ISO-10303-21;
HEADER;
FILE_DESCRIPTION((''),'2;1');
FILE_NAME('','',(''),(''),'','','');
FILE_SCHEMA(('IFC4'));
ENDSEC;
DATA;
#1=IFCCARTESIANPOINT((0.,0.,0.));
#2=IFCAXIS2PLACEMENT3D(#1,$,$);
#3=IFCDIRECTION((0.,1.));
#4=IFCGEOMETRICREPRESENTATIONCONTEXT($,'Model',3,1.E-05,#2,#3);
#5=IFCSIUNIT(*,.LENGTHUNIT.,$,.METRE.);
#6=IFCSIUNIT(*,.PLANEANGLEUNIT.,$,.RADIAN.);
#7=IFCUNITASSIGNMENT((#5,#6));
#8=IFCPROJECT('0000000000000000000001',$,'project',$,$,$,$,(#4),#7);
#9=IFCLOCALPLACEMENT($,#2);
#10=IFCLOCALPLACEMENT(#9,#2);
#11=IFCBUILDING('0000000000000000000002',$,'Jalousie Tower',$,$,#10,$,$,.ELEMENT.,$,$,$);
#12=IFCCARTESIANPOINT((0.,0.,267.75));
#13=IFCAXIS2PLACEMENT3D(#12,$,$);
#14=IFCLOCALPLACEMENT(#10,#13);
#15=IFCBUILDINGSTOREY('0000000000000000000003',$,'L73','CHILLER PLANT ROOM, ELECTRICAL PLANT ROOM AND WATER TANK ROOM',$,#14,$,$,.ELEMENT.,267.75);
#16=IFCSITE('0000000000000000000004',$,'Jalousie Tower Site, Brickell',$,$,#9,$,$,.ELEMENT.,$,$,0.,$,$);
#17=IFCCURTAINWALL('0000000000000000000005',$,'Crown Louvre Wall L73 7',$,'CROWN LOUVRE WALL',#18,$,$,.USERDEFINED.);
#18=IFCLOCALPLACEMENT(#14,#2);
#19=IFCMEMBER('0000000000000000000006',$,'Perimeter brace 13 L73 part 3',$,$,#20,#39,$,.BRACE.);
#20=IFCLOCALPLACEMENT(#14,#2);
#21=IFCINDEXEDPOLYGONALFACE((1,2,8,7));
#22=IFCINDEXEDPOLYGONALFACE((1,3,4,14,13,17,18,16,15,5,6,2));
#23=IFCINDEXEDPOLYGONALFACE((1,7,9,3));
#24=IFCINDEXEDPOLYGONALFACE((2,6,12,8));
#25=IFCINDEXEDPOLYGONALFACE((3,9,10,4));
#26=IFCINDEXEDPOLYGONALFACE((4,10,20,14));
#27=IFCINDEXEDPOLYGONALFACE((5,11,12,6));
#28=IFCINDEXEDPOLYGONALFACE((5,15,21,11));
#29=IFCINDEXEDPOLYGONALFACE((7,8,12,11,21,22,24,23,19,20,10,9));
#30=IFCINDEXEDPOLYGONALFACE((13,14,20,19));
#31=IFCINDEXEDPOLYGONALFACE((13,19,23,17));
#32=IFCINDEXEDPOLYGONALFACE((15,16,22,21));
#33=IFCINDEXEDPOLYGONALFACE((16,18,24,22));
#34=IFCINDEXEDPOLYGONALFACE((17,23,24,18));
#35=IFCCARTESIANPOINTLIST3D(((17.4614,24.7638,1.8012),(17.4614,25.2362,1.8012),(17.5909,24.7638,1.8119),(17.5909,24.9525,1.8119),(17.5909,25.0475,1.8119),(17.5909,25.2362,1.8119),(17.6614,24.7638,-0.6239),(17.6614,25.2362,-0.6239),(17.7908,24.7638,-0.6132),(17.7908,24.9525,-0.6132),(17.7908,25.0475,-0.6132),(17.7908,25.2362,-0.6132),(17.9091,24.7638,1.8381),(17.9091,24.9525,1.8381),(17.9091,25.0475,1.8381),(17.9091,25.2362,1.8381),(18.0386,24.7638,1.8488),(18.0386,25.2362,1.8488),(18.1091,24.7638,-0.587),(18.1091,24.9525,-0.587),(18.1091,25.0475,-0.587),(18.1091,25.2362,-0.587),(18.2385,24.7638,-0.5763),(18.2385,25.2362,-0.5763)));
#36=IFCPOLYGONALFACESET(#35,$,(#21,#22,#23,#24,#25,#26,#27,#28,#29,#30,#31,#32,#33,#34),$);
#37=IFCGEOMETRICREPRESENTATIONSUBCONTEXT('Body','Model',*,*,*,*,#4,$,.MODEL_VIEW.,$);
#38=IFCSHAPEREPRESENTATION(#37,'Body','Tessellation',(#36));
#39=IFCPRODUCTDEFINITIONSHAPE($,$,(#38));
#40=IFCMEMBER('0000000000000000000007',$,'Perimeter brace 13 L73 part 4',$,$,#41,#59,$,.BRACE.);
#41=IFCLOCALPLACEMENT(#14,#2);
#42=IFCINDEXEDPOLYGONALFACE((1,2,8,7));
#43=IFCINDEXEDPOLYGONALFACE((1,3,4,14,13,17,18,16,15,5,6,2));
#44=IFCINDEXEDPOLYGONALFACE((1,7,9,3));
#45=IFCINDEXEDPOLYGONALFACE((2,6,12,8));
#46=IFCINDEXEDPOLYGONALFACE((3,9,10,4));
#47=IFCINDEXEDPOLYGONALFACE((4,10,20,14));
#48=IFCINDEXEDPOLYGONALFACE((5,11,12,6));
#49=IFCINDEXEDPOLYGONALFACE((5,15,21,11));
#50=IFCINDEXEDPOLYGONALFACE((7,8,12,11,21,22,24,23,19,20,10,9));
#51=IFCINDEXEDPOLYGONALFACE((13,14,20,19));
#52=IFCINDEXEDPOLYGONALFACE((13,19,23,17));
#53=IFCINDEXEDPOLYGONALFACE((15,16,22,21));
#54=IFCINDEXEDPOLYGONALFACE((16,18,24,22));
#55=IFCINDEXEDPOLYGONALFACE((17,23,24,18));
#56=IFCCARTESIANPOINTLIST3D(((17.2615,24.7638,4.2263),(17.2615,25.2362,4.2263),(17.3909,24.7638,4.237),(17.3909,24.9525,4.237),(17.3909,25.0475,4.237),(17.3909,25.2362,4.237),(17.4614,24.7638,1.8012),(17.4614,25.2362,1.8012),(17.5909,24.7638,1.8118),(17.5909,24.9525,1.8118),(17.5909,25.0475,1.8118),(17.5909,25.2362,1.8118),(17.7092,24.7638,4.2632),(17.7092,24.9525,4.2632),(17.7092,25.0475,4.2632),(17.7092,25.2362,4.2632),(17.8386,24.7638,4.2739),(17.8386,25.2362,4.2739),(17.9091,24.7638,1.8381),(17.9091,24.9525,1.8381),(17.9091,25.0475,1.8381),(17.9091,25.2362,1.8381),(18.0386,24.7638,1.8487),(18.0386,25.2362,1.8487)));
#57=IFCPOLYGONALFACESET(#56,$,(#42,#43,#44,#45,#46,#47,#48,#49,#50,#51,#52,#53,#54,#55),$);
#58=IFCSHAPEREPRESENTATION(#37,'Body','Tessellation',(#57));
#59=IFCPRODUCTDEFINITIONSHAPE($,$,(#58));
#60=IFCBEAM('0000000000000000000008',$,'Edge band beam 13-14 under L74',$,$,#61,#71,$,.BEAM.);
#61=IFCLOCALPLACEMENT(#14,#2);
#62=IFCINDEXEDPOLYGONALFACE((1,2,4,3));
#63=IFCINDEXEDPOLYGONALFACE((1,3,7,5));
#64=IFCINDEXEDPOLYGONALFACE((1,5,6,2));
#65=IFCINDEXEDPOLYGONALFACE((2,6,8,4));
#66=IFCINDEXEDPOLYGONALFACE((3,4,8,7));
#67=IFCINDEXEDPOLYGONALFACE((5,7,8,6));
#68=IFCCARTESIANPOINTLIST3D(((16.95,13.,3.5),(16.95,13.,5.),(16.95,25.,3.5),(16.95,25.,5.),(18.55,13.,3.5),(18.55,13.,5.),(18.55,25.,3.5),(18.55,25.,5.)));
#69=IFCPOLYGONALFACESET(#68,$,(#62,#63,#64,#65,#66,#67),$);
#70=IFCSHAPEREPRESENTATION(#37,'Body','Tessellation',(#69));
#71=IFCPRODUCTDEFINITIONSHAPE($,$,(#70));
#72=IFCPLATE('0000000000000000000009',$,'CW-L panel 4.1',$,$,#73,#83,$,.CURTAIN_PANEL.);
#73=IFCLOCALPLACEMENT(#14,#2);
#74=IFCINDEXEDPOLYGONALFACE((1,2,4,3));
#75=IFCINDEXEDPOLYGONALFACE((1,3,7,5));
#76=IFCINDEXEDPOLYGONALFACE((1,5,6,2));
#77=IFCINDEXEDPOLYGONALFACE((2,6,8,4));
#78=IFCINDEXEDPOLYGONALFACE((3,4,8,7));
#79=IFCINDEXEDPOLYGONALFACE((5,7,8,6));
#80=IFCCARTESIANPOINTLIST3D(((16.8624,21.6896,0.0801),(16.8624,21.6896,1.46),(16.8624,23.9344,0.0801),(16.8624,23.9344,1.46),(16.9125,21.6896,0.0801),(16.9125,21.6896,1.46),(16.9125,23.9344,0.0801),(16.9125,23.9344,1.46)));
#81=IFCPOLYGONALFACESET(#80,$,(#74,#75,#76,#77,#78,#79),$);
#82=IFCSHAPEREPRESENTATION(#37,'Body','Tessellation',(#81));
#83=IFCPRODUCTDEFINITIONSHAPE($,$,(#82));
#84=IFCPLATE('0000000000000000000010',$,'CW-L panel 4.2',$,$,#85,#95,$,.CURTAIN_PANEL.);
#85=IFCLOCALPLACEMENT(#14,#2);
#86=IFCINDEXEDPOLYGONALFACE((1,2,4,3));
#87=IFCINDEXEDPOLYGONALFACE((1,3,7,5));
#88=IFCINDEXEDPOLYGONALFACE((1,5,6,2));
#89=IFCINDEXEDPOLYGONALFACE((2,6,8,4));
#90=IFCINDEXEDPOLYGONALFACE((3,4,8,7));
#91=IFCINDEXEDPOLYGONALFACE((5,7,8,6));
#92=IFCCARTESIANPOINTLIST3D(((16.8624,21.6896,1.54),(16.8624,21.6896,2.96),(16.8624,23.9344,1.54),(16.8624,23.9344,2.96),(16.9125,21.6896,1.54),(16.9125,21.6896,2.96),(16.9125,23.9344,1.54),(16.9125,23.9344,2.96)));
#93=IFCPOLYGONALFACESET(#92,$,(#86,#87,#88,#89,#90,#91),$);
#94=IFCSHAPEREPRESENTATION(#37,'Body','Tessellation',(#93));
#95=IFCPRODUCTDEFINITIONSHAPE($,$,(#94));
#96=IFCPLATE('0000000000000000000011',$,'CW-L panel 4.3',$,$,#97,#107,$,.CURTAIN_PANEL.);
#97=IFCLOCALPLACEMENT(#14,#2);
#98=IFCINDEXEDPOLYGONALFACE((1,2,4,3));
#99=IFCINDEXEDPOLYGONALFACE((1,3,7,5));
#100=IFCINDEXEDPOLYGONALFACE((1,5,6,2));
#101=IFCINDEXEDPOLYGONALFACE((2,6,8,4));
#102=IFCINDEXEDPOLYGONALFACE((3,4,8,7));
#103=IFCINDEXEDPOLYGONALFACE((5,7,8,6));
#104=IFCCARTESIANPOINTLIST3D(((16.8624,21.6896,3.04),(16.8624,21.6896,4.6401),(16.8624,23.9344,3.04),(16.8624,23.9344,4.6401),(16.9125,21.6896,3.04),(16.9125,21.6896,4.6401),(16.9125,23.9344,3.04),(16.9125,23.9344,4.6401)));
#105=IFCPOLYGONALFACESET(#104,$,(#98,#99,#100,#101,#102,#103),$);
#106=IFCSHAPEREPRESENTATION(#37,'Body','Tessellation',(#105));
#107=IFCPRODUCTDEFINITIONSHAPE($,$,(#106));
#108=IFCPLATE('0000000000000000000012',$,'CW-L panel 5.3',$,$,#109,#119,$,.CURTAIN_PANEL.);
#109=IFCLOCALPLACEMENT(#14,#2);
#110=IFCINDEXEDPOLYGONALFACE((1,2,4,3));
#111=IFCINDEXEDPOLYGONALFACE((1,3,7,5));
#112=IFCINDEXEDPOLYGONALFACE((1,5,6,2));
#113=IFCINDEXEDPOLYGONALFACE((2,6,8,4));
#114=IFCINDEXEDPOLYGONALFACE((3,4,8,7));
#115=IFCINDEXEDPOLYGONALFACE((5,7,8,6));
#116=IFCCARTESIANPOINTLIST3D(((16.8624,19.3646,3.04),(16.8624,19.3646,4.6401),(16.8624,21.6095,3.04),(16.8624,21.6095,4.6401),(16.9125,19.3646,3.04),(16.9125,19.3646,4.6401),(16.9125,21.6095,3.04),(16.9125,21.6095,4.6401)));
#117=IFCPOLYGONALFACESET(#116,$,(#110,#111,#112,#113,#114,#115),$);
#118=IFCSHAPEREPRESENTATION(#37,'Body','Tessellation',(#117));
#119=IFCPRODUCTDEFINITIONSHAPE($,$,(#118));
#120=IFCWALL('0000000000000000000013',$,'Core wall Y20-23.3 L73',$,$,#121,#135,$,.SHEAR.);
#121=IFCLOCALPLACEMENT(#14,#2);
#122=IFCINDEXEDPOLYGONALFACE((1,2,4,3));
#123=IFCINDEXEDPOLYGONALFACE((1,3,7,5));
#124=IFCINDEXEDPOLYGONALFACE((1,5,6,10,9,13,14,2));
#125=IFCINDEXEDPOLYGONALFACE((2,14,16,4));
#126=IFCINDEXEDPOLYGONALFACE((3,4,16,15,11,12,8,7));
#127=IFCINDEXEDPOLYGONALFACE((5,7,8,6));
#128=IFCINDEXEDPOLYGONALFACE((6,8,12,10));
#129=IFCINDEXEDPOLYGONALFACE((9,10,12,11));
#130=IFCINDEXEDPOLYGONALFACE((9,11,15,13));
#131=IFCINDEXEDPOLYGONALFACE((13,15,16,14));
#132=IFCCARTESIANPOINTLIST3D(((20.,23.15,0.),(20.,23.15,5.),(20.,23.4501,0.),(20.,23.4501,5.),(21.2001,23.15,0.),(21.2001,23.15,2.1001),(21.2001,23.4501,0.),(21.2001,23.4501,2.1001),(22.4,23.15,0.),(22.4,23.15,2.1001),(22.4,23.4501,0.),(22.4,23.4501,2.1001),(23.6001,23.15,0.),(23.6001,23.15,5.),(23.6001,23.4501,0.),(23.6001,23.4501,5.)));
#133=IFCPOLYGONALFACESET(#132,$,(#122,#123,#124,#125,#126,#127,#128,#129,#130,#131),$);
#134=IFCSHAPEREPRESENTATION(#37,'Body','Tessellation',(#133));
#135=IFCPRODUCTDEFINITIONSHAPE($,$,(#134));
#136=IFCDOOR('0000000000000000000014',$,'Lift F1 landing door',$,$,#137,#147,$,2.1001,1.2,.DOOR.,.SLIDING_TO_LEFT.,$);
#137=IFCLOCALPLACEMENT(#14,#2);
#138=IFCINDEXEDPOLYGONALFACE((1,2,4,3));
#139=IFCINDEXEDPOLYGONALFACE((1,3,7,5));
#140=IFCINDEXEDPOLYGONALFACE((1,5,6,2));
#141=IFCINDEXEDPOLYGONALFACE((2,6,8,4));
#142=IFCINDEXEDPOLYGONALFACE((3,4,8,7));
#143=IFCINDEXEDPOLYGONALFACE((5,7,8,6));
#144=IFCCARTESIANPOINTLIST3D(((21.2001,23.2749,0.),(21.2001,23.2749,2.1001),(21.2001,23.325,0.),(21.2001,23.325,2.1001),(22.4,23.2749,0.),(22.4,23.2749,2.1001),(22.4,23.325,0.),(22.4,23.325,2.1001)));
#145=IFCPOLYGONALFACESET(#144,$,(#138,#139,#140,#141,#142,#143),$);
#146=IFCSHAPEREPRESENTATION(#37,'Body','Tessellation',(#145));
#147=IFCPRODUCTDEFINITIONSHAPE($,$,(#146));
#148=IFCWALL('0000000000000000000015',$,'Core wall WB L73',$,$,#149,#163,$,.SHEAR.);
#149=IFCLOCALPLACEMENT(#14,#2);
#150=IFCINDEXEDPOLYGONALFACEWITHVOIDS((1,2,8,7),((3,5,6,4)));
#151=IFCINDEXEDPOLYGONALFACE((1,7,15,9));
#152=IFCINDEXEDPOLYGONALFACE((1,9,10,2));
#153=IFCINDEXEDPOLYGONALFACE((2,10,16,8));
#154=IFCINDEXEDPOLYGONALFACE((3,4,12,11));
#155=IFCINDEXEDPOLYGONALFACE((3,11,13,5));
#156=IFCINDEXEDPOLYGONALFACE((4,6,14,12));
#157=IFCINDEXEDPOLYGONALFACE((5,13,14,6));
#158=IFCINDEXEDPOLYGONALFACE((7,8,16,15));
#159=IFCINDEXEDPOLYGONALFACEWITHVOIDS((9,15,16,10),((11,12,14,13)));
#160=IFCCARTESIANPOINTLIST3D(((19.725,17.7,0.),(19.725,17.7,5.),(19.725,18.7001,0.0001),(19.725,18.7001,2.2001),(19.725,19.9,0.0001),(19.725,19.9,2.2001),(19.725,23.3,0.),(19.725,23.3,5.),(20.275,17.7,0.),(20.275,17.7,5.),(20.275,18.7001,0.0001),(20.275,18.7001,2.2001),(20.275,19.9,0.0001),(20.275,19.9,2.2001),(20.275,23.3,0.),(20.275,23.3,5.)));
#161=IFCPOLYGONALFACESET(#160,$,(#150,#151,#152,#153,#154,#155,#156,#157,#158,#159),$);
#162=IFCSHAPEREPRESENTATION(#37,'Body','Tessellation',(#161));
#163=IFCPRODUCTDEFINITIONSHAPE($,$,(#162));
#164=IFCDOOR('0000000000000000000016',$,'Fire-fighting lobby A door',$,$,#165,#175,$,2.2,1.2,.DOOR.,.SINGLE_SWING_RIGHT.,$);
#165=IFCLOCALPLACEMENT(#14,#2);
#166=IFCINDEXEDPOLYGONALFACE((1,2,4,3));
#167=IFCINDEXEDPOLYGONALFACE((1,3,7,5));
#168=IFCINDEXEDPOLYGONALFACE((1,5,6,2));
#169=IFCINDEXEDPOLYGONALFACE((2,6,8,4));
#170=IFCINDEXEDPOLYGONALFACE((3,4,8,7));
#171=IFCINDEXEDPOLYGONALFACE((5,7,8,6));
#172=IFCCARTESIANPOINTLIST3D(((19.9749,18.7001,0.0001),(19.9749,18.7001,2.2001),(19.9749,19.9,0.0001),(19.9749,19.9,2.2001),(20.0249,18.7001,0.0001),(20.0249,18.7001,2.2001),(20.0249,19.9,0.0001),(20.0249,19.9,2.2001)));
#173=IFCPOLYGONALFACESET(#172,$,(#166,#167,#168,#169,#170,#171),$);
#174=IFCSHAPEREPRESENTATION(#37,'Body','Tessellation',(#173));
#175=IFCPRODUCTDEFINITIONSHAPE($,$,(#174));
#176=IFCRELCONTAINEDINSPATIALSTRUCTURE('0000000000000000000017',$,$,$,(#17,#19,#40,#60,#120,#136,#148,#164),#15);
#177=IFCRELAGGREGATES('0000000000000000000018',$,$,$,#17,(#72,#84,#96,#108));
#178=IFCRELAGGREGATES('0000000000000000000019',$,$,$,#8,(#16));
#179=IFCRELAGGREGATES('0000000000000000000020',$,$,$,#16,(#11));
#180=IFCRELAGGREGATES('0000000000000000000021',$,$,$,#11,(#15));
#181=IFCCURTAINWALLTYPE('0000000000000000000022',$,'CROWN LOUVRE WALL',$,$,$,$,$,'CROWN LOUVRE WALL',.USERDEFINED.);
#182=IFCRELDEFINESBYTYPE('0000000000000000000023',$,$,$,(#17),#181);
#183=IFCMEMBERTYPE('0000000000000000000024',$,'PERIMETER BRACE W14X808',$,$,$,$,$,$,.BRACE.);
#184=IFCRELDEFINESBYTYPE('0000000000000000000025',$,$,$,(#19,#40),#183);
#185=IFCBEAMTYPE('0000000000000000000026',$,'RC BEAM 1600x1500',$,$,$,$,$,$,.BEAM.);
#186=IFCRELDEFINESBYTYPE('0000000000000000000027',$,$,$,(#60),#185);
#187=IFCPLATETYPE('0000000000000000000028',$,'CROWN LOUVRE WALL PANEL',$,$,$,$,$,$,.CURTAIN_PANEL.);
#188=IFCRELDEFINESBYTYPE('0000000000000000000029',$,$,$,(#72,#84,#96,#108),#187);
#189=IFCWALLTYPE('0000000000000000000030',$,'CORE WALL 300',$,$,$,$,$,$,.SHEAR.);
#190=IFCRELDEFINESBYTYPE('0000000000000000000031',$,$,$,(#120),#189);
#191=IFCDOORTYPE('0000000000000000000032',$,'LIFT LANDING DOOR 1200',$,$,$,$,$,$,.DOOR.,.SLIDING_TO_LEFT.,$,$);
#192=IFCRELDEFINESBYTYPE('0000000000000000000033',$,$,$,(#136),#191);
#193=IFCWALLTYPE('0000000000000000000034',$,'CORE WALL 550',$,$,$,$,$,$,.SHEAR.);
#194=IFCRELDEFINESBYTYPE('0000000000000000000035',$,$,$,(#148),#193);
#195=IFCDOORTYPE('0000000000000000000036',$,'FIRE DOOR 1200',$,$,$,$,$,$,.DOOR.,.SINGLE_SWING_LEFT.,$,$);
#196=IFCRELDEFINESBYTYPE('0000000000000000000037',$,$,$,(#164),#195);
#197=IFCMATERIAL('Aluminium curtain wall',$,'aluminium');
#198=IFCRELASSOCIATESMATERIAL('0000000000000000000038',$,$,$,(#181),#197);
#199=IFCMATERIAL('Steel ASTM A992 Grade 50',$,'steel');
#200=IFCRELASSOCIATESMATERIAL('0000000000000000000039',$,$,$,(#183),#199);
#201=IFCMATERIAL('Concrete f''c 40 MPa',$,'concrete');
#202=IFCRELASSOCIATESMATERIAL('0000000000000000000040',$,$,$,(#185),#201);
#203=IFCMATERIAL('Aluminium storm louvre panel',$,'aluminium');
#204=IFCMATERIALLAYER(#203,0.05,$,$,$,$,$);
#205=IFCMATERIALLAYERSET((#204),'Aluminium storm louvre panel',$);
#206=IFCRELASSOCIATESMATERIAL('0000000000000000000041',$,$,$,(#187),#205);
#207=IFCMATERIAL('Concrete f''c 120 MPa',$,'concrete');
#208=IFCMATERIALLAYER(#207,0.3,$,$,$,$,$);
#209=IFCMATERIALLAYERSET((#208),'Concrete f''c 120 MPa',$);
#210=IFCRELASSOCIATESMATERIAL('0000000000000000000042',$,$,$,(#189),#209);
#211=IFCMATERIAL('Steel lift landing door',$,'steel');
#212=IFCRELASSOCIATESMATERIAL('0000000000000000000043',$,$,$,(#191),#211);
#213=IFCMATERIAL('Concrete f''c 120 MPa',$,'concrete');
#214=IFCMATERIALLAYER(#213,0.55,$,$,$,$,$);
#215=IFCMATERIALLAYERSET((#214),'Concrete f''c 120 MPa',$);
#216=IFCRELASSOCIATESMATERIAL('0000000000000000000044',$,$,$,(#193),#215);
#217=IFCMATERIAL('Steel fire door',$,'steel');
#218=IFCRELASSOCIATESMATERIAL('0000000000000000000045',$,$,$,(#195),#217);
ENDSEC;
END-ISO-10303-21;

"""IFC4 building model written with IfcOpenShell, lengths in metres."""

from ifc_helpers import new_model, si_unit, direction, frame, frame_2d, origin, origin_2d, place, context, subcontext, project, spatial, rectangle, i_section, extrude, material, layer, layer_set, material_profile, profile_set, type_object, element, fill, aggregate, save


model = new_model("IFC4")

# Units and contexts
model_context = context("Model", 3, precision=1e-05, world=origin(), true_north=direction((0.0, 1.0)))
body_context = subcontext(model_context, "Body", "Model", "MODEL_VIEW")
ifc_project = project(units=[si_unit("LENGTHUNIT", "METRE"), si_unit("PLANEANGLEUNIT", "RADIAN")], contexts=[model_context])

# Site, building, storey
site_placement = place(None, origin())
site = spatial("IfcSite", under=ifc_project, at=site_placement, Name="Jalousie Tower Site, Brickell", CompositionType="ELEMENT", RefElevation=0.0)
building_placement = place(site_placement, origin())
building = spatial("IfcBuilding", under=site, at=building_placement, Name="Jalousie Tower", CompositionType="ELEMENT")
storey_placement = place(building_placement, frame((0.0, 0.0, 267.75)))
storey = spatial("IfcBuildingStorey", under=building, at=storey_placement, Name="L73", Description="CHILLER PLANT ROOM, ELECTRICAL PLANT ROOM AND WATER TANK ROOM", CompositionType="ELEMENT", Elevation=267.75)

# Curtain wall
ifc_material_1 = material(Name="Aluminium curtain wall", Category="aluminium")
curtain_wall_type = type_object("IfcCurtainWallType", Name="CROWN LOUVRE WALL", ElementType="CROWN LOUVRE WALL", PredefinedType="USERDEFINED", material=ifc_material_1)
curtain_wall_placement = place(storey_placement, origin())
curtain_wall = element("IfcCurtainWall", 1, at=curtain_wall_placement, inside=storey, type_object=curtain_wall_type, Name="Crown Louvre Wall L73 7", ObjectType="CROWN LOUVRE WALL", PredefinedType="USERDEFINED")

# Members
ifc_material_2 = material(Name="Steel ASTM A992 Grade 50", Category="steel")
ifc_material_profile_1 = material_profile(ifc_material_2, i_section(OverallWidth=0.4724, OverallDepth=0.5791, WebThickness=0.095, FlangeThickness=0.1299, at=origin_2d()), Name="W14X808")
ifc_profile_set_1 = profile_set([ifc_material_profile_1], Name="Steel ASTM A992 Grade 50")
member_type_1 = type_object("IfcMemberType", Name="PERIMETER BRACE W14X808", PredefinedType="BRACE", material=ifc_profile_set_1)
for number, where, z_axis, x_axis, name in (
    (2, (17.95, 25.0, -0.6001), (-0.082174, 0.0, 0.996618), (0.0, -1.0, 0.0), "Perimeter brace 13 L73 part 3"),
    (3, (17.75, 25.0, 1.825), (-0.082174, 0.0, 0.996618), (0.0, -1.0, 0.0), "Perimeter brace 13 L73 part 4"),
):
    element("IfcMember", number, at=place(storey_placement, frame(where, z_axis=z_axis, x_axis=x_axis)), inside=storey, type_object=member_type_1, Name=name, PredefinedType="BRACE", context=body_context, shape_type="SweptSolid", body=[
        extrude(i_section(OverallWidth=0.4724, OverallDepth=0.5791, WebThickness=0.095, FlangeThickness=0.1299, at=origin_2d()), origin(), (0.0, 0.0, 1.0), 2.4333),
    ])

# Beam
ifc_material_3 = material(Name="Concrete f'c 40 MPa", Category="concrete")
ifc_material_profile_2 = material_profile(ifc_material_3, rectangle(XDim=1.6001, YDim=1.5, at=origin_2d()), Name="RC 1600x1500")
ifc_profile_set_2 = profile_set([ifc_material_profile_2], Name="Concrete f'c 40 MPa")
beam_type = type_object("IfcBeamType", Name="RC BEAM 1600x1500", PredefinedType="BEAM", material=ifc_profile_set_2)
beam_placement = place(storey_placement, frame((17.75, 25.0, 4.25), z_axis=(0.0, -1.0, 0.0), x_axis=(1.0, 0.0, 0.0)))
element("IfcBeam", 4, at=beam_placement, inside=storey, type_object=beam_type, Name="Edge band beam 13-14 under L74", PredefinedType="BEAM", context=body_context, shape_type="SweptSolid", body=[
    extrude(rectangle(XDim=1.6001, YDim=1.5, at=origin_2d()), origin(), (0.0, 0.0, 1.0), 12.0),
])

# Plates
ifc_material_4 = material(Name="Aluminium storm louvre panel", Category="aluminium")
ifc_layer_1 = layer(ifc_material_4, 0.05)
ifc_layer_set_1 = layer_set([ifc_layer_1], Name="Aluminium storm louvre panel")
plate_type = type_object("IfcPlateType", Name="CROWN LOUVRE WALL PANEL", PredefinedType="CURTAIN_PANEL", material=ifc_layer_set_1)
plate_1_placement = place(storey_placement, frame((16.8875, 22.812, 0.0801), z_axis=(0.0, 0.0, 1.0), x_axis=(0.0, -1.0, 0.0)))
plate_1 = element("IfcPlate", 5, at=plate_1_placement, type_object=plate_type, Name="CW-L panel 4.1", PredefinedType="CURTAIN_PANEL", context=body_context, shape_type="SweptSolid", body=[
    extrude(rectangle(XDim=2.2449, YDim=0.05, at=origin_2d()), origin(), (0.0, 0.0, 1.0), 1.3799),
])
plate_2_placement = place(storey_placement, frame((16.8875, 22.812, 1.54), z_axis=(0.0, 0.0, 1.0), x_axis=(0.0, -1.0, 0.0)))
plate_2 = element("IfcPlate", 6, at=plate_2_placement, type_object=plate_type, Name="CW-L panel 4.2", PredefinedType="CURTAIN_PANEL", context=body_context, shape_type="SweptSolid", body=[
    extrude(rectangle(XDim=2.2449, YDim=0.05, at=origin_2d()), origin(), (0.0, 0.0, 1.0), 1.4199),
])
plate_3_placement = place(storey_placement, frame((16.8875, 22.812, 3.04), z_axis=(0.0, 0.0, 1.0), x_axis=(0.0, -1.0, 0.0)))
plate_3 = element("IfcPlate", 7, at=plate_3_placement, type_object=plate_type, Name="CW-L panel 4.3", PredefinedType="CURTAIN_PANEL", context=body_context, shape_type="SweptSolid", body=[
    extrude(rectangle(XDim=2.2449, YDim=0.05, at=origin_2d()), origin(), (0.0, 0.0, 1.0), 1.6001),
])
plate_4_placement = place(storey_placement, frame((16.8875, 20.4871, 3.04), z_axis=(0.0, 0.0, 1.0), x_axis=(0.0, -1.0, 0.0)))
plate_4 = element("IfcPlate", 8, at=plate_4_placement, type_object=plate_type, Name="CW-L panel 5.3", PredefinedType="CURTAIN_PANEL", context=body_context, shape_type="SweptSolid", body=[
    extrude(rectangle(XDim=2.2449, YDim=0.05, at=origin_2d()), origin(), (0.0, 0.0, 1.0), 1.6001),
])
aggregate(curtain_wall, [plate_1, plate_2, plate_3, plate_4])

# Walls, openings, doors
ifc_material_5 = material(Name="Concrete f'c 120 MPa", Category="concrete")
ifc_layer_2 = layer(ifc_material_5, 0.3)
ifc_layer_set_2 = layer_set([ifc_layer_2], Name="Concrete f'c 120 MPa")
wall_type_1 = type_object("IfcWallType", Name="CORE WALL 300", PredefinedType="SHEAR", material=ifc_layer_set_2)
wall_1_placement = place(storey_placement, frame((20.0, 23.3, 0.0), z_axis=(0.0, 0.0, 1.0), x_axis=(1.0, 0.0, 0.0)))
wall_1 = element("IfcWall", 9, at=wall_1_placement, inside=storey, type_object=wall_type_1, Name="Core wall Y20-23.3 L73", PredefinedType="SHEAR", context=body_context, shape_type="SweptSolid", body=[
    extrude(rectangle(XDim=3.6001, YDim=0.3, at=frame_2d((1.8, 0.0))), origin(), (0.0, 0.0, 1.0), 5.0),
])
opening_1_placement = place(wall_1_placement, frame((1.2, 0.0, 0.0)))
opening_1 = element("IfcOpeningElement", 10, at=opening_1_placement, cuts=wall_1, PredefinedType="OPENING", context=body_context, shape_type="SweptSolid", body=[
    extrude(rectangle(XDim=1.2, YDim=2.1001, at=frame_2d((0.6001, 1.05))), frame((0.0, 0.1599, 0.0), z_axis=(0.0, -1.0, 0.0), x_axis=(1.0, 0.0, 0.0)), (0.0, 0.0, 1.0), 0.3201),
])
ifc_material_6 = material(Name="Steel lift landing door", Category="steel")
door_type_1 = type_object("IfcDoorType", Name="LIFT LANDING DOOR 1200", OperationType="SLIDING_TO_LEFT", PredefinedType="DOOR", material=ifc_material_6)
door_1_placement = place(opening_1_placement, origin())
door_1 = element("IfcDoor", 11, at=door_1_placement, inside=storey, type_object=door_type_1, Name="Lift F1 landing door", OperationType="SLIDING_TO_LEFT", OverallHeight=2.1001, OverallWidth=1.2, PredefinedType="DOOR", context=body_context, shape_type="SweptSolid", body=[
    extrude(rectangle(XDim=1.2, YDim=2.1001, at=frame_2d((0.6001, 1.05))), frame((0.0, 0.0249, 0.0), z_axis=(0.0, -1.0, 0.0), x_axis=(1.0, 0.0, 0.0)), (0.0, 0.0, 1.0), 0.05),
])
fill(opening_1, door_1)
ifc_material_7 = material(Name="Concrete f'c 120 MPa", Category="concrete")
ifc_layer_3 = layer(ifc_material_7, 0.55)
ifc_layer_set_3 = layer_set([ifc_layer_3], Name="Concrete f'c 120 MPa")
wall_type_2 = type_object("IfcWallType", Name="CORE WALL 550", PredefinedType="SHEAR", material=ifc_layer_set_3)
wall_2_placement = place(storey_placement, frame((20.0, 23.3, 0.0), z_axis=(0.0, 0.0, 1.0), x_axis=(0.0, -1.0, 0.0)))
wall_2 = element("IfcWall", 12, at=wall_2_placement, inside=storey, type_object=wall_type_2, Name="Core wall WB L73", PredefinedType="SHEAR", context=body_context, shape_type="SweptSolid", body=[
    extrude(rectangle(XDim=5.6001, YDim=0.55, at=frame_2d((2.8, 0.0))), origin(), (0.0, 0.0, 1.0), 5.0),
])
opening_2_placement = place(wall_2_placement, frame((3.3999, 0.0, 0.0)))
opening_2 = element("IfcOpeningElement", 13, at=opening_2_placement, cuts=wall_2, PredefinedType="OPENING", context=body_context, shape_type="SweptSolid", body=[
    extrude(rectangle(XDim=1.2, YDim=2.2, at=frame_2d((0.6001, 1.1001))), frame((0.0, 0.2849, 0.0), z_axis=(0.0, -1.0, 0.0), x_axis=(1.0, 0.0, 0.0)), (0.0, 0.0, 1.0), 0.5701),
])
ifc_material_8 = material(Name="Steel fire door", Category="steel")
door_type_2 = type_object("IfcDoorType", Name="FIRE DOOR 1200", OperationType="SINGLE_SWING_LEFT", PredefinedType="DOOR", material=ifc_material_8)
door_2_placement = place(opening_2_placement, origin())
door_2 = element("IfcDoor", 14, at=door_2_placement, inside=storey, type_object=door_type_2, Name="Fire-fighting lobby A door", OperationType="SINGLE_SWING_RIGHT", OverallHeight=2.2, OverallWidth=1.2, PredefinedType="DOOR", context=body_context, shape_type="SweptSolid", body=[
    extrude(rectangle(XDim=1.2, YDim=2.2, at=frame_2d((0.6001, 1.1001))), frame((0.0, 0.0249, 0.0), z_axis=(0.0, -1.0, 0.0), x_axis=(1.0, 0.0, 0.0)), (0.0, 0.0, 1.0), 0.05),
])
fill(opening_2, door_2)

save(model, "model.ifc")
